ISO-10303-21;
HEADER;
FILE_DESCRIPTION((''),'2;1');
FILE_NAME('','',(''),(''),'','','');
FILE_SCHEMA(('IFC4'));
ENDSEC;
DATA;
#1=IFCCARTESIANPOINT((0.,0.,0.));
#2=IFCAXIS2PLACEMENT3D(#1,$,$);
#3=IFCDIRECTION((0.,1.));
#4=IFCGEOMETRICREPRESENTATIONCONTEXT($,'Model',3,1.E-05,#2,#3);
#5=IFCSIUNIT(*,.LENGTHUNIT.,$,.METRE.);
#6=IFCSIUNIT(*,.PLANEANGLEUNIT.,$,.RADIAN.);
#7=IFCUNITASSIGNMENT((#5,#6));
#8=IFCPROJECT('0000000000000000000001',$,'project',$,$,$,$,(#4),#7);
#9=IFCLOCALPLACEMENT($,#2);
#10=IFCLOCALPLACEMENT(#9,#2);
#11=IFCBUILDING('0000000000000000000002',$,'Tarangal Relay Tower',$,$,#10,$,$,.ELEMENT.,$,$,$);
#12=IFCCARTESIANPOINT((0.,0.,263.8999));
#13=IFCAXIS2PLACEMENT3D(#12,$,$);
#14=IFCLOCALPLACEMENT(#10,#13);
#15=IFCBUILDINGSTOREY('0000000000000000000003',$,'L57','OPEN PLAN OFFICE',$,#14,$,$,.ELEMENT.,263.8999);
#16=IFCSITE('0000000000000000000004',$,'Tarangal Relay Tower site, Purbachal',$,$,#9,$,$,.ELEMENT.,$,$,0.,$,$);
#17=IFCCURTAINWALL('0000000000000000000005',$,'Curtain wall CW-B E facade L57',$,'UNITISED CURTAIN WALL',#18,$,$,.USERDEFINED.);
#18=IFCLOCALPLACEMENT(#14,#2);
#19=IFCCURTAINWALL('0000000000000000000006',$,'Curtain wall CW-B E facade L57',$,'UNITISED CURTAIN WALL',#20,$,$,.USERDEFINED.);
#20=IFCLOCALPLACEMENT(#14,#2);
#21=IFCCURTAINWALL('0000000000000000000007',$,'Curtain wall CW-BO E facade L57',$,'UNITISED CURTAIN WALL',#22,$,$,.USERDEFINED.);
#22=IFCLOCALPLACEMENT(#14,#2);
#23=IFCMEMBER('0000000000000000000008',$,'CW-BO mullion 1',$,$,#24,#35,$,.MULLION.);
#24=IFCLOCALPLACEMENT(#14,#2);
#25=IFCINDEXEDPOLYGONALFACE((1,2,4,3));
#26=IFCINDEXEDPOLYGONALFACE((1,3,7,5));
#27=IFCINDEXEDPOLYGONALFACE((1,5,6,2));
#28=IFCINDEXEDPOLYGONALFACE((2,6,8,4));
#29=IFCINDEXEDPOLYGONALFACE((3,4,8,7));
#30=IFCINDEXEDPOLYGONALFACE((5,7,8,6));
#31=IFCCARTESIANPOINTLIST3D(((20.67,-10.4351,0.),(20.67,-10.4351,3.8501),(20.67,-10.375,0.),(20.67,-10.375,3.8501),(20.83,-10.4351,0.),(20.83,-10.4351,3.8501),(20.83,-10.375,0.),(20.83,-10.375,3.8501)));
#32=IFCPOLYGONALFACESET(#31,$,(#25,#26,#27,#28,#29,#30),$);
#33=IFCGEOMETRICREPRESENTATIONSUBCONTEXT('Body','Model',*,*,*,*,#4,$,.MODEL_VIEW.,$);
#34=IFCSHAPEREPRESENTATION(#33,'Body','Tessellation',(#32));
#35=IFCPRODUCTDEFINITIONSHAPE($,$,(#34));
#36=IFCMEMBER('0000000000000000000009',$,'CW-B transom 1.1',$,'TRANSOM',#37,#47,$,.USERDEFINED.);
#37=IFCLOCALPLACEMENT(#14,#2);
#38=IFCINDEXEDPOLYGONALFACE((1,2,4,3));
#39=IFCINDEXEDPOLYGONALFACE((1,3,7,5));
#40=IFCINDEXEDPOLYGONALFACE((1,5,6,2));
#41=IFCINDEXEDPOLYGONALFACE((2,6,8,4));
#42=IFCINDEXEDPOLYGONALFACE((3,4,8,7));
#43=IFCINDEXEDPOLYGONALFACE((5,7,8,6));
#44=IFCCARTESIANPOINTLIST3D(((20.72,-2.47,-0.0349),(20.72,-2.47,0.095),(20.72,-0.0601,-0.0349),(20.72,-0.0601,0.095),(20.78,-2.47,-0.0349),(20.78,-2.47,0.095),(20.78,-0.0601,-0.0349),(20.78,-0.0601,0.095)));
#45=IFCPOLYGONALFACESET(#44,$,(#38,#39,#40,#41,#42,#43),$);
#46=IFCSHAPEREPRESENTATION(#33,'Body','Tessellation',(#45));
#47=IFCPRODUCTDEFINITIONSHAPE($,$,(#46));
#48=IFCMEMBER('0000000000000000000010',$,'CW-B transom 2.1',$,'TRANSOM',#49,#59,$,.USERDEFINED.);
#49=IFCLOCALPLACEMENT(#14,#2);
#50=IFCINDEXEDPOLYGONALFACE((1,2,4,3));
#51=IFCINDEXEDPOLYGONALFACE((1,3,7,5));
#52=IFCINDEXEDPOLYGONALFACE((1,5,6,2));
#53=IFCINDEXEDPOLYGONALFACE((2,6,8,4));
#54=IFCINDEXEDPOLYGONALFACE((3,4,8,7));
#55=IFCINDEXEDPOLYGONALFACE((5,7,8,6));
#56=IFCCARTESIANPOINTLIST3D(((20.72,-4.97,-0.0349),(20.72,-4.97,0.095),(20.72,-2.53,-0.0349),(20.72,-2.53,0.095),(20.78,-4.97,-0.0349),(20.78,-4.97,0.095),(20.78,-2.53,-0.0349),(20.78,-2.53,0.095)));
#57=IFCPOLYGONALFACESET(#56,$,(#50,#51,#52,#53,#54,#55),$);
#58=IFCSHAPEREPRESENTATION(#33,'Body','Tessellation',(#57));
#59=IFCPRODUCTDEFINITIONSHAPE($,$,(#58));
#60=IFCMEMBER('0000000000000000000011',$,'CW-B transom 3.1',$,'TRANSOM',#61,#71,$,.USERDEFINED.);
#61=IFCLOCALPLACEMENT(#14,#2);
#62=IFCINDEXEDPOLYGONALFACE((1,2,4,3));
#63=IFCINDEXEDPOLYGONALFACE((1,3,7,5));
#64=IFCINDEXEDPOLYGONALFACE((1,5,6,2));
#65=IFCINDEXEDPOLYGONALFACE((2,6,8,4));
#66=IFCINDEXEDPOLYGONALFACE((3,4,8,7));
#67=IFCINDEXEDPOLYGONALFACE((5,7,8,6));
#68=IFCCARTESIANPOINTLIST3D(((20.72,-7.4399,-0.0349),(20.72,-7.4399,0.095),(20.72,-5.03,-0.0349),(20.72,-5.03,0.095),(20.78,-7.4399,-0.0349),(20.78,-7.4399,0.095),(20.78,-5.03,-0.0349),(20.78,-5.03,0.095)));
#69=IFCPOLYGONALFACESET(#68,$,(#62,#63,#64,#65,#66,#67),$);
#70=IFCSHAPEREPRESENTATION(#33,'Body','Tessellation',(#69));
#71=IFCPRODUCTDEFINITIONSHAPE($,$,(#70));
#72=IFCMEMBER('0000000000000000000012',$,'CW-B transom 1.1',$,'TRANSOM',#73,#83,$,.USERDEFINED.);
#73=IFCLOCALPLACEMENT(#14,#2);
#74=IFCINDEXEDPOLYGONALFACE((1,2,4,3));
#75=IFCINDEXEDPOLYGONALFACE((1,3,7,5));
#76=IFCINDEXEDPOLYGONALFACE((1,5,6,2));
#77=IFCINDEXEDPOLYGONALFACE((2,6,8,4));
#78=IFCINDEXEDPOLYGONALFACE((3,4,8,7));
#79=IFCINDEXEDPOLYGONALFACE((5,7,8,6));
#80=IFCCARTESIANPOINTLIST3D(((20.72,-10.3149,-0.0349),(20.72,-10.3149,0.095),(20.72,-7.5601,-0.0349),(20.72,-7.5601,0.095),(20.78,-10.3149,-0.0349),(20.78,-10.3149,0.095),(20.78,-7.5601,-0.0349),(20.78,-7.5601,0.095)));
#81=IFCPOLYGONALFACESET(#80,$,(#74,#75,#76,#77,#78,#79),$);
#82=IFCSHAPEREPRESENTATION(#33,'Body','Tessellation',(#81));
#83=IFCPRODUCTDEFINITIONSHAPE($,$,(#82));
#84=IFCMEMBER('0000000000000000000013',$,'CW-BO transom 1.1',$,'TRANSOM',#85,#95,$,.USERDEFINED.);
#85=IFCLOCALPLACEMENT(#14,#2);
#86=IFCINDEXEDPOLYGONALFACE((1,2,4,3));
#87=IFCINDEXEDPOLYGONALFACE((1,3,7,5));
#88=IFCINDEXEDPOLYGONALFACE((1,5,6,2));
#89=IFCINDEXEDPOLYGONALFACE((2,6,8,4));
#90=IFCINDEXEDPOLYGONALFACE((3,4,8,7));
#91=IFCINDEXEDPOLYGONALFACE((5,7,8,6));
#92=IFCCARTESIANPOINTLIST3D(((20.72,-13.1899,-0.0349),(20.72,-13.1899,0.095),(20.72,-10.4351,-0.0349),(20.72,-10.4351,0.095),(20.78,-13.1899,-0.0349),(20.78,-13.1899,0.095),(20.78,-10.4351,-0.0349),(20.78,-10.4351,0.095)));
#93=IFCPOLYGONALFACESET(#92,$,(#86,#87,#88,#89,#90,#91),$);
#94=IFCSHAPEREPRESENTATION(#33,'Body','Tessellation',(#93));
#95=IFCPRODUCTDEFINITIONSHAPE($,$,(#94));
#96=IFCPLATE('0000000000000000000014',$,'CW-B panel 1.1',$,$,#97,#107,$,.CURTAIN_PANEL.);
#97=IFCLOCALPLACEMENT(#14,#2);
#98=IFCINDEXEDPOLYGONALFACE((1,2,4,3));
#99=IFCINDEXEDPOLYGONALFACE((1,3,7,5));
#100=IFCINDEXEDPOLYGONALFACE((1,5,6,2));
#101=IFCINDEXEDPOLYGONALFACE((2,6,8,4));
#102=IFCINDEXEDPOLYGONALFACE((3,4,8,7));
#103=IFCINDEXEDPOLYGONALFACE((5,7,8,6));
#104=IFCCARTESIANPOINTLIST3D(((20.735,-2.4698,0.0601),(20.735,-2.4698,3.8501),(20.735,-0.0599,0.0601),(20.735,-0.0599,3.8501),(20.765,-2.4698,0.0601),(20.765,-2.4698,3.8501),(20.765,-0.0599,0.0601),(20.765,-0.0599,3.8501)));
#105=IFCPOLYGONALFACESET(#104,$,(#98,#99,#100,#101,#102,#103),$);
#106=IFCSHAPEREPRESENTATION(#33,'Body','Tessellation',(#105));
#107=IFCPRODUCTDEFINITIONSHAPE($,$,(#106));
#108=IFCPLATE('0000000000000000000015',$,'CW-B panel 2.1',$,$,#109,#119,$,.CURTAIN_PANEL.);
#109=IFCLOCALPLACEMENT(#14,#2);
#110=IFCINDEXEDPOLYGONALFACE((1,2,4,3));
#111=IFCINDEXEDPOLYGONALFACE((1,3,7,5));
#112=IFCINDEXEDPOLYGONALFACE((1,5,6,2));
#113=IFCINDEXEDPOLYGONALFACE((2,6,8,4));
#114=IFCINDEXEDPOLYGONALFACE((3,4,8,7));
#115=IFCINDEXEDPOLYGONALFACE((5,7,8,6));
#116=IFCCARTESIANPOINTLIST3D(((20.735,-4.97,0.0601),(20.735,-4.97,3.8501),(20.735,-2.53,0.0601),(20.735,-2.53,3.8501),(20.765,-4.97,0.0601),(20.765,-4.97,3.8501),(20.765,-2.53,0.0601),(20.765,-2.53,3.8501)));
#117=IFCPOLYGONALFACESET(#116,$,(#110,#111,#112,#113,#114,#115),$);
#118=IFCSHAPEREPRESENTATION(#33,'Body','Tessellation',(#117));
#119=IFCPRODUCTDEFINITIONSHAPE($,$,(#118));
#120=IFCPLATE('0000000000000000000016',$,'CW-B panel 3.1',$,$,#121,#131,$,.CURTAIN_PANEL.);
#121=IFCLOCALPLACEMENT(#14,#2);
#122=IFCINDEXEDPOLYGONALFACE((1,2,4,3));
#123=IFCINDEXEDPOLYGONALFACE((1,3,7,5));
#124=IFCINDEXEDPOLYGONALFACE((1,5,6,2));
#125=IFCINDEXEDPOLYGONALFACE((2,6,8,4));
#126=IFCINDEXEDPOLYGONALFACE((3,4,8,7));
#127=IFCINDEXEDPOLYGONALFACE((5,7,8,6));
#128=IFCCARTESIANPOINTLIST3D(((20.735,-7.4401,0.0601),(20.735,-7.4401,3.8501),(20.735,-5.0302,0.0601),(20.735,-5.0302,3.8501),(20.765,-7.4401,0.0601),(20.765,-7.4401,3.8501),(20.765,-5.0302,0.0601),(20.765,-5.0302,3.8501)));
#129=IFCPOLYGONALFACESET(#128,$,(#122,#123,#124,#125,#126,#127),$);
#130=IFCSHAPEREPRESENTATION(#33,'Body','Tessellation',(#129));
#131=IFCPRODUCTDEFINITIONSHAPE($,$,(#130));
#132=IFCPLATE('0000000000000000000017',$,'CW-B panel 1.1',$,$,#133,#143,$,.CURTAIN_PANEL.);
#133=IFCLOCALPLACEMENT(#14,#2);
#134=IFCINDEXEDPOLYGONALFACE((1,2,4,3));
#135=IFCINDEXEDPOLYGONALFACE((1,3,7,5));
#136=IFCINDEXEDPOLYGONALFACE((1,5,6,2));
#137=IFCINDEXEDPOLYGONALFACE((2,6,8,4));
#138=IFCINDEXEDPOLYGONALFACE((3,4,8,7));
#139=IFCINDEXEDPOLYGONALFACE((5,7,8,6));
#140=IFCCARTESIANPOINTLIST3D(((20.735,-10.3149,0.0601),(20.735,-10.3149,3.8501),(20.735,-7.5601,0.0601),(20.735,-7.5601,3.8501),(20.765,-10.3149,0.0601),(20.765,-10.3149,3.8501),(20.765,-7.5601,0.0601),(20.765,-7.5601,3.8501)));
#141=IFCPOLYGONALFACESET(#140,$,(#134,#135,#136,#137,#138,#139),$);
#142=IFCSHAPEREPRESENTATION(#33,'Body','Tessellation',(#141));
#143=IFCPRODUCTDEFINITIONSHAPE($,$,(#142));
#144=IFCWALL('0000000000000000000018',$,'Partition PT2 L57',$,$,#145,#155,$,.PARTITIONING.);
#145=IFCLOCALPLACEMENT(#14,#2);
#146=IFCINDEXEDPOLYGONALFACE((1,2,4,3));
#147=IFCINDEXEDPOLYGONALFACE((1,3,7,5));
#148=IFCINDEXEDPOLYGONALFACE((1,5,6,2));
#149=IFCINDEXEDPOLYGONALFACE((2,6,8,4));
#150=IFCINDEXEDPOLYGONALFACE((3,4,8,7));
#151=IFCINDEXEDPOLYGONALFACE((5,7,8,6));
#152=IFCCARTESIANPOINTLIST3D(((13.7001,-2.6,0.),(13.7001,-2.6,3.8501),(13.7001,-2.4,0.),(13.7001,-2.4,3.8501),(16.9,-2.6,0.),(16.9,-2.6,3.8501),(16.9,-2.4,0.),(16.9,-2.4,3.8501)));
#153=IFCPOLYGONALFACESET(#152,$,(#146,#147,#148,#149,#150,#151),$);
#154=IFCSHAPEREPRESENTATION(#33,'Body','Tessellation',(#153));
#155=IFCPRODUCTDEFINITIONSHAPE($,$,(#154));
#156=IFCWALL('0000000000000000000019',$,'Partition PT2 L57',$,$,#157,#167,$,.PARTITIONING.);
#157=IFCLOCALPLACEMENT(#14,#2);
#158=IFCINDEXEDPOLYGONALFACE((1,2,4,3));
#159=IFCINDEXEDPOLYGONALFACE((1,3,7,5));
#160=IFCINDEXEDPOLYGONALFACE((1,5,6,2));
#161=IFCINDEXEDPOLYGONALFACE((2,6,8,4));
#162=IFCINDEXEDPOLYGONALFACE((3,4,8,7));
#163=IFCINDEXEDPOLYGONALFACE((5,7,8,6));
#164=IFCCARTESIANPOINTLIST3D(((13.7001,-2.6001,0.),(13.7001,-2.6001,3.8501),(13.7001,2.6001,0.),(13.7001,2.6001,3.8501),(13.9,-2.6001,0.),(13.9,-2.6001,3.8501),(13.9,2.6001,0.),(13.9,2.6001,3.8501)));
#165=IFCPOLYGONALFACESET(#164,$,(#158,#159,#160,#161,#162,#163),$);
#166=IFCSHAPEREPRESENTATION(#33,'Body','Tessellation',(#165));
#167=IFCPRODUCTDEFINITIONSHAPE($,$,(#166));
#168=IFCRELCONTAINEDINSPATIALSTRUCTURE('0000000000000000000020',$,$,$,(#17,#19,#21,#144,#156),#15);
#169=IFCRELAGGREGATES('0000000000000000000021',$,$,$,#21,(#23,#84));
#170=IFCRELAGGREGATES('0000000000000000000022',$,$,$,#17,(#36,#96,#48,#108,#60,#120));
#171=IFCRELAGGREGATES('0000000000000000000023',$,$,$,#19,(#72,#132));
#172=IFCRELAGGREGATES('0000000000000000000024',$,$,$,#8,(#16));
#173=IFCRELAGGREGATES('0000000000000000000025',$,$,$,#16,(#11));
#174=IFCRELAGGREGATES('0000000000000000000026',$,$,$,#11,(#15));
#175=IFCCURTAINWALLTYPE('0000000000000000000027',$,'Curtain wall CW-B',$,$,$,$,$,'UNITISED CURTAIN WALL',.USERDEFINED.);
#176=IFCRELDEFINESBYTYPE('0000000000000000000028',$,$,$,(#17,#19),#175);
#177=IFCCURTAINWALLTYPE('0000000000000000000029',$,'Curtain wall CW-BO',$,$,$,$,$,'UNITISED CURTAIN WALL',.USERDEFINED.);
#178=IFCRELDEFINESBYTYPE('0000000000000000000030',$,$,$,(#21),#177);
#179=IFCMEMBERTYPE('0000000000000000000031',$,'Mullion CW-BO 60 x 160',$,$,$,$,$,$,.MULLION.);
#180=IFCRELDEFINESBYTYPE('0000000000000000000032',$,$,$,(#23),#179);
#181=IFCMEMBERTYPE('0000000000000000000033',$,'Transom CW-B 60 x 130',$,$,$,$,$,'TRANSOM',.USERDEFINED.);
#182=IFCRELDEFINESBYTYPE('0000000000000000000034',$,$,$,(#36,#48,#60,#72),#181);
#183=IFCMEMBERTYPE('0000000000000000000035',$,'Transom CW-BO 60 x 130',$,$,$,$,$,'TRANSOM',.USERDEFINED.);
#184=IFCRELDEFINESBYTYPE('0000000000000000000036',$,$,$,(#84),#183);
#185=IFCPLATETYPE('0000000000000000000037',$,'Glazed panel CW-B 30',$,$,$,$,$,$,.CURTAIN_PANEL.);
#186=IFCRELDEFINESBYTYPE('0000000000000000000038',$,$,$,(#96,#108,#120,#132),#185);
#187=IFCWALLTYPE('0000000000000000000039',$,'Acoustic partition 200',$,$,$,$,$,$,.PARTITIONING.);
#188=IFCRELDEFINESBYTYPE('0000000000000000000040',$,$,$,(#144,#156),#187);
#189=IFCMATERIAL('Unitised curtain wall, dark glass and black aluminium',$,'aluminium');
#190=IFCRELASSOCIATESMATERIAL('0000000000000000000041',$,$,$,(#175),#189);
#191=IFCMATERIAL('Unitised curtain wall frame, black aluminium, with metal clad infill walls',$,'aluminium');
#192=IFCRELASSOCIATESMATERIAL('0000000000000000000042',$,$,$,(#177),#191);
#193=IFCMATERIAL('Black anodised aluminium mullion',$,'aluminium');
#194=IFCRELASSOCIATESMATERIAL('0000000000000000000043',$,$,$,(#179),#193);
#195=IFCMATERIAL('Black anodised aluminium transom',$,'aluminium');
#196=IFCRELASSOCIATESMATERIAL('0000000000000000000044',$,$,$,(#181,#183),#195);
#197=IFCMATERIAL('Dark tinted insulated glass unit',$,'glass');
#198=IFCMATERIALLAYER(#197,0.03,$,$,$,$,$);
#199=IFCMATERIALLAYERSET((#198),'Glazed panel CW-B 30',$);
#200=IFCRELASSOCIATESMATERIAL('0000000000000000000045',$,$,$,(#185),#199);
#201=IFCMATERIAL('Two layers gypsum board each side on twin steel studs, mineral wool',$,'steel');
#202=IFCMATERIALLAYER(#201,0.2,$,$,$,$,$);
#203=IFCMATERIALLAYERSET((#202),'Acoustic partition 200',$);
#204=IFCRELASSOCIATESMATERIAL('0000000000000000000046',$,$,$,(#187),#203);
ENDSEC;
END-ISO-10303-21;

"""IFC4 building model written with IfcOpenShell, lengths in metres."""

from ifc_helpers import new_model, si_unit, direction, frame, frame_2d, origin, origin_2d, place, context, subcontext, project, spatial, rectangle, extrude, material, layer, layer_set, material_profile, profile_set, type_object, element, aggregate, save


model = new_model("IFC4")

# Units and contexts
model_context = context("Model", 3, precision=1e-05, world=origin(), true_north=direction((0.0, 1.0)))
body_context = subcontext(model_context, "Body", "Model", "MODEL_VIEW")
ifc_project = project(units=[si_unit("LENGTHUNIT", "METRE"), si_unit("PLANEANGLEUNIT", "RADIAN")], contexts=[model_context])

# Site, building, storey
site_placement = place(None, origin())
site = spatial("IfcSite", under=ifc_project, at=site_placement, Name="Tarangal Relay Tower site, Purbachal", CompositionType="ELEMENT", RefElevation=0.0)
building_placement = place(site_placement, origin())
building = spatial("IfcBuilding", under=site, at=building_placement, Name="Tarangal Relay Tower", CompositionType="ELEMENT")
storey_placement = place(building_placement, frame((0.0, 0.0, 263.8999)))
storey = spatial("IfcBuildingStorey", under=building, at=storey_placement, Name="L57", Description="OPEN PLAN OFFICE", CompositionType="ELEMENT", Elevation=263.8999)

# Curtain walls
ifc_material_1 = material(Name="Unitised curtain wall, dark glass and black aluminium", Category="aluminium")
curtain_wall_type_1 = type_object("IfcCurtainWallType", Name="Curtain wall CW-B", ElementType="UNITISED CURTAIN WALL", PredefinedType="USERDEFINED", material=ifc_material_1)
curtain_wall_1_placement = place(storey_placement, origin())
curtain_wall_1 = element("IfcCurtainWall", 1, at=curtain_wall_1_placement, inside=storey, type_object=curtain_wall_type_1, Name="Curtain wall CW-B E facade L57", ObjectType="UNITISED CURTAIN WALL", PredefinedType="USERDEFINED")
ifc_material_2 = material(Name="Black anodised aluminium mullion", Category="aluminium")
curtain_wall_2_placement = place(storey_placement, origin())
curtain_wall_2 = element("IfcCurtainWall", 2, at=curtain_wall_2_placement, inside=storey, type_object=curtain_wall_type_1, Name="Curtain wall CW-B E facade L57", ObjectType="UNITISED CURTAIN WALL", PredefinedType="USERDEFINED")

# Curtain wall, member
ifc_material_3 = material(Name="Unitised curtain wall frame, black aluminium, with metal clad infill walls", Category="aluminium")
curtain_wall_type_2 = type_object("IfcCurtainWallType", Name="Curtain wall CW-BO", ElementType="UNITISED CURTAIN WALL", PredefinedType="USERDEFINED", material=ifc_material_3)
curtain_wall_3_placement = place(storey_placement, origin())
curtain_wall_3 = element("IfcCurtainWall", 3, at=curtain_wall_3_placement, inside=storey, type_object=curtain_wall_type_2, Name="Curtain wall CW-BO E facade L57", ObjectType="UNITISED CURTAIN WALL", PredefinedType="USERDEFINED")
ifc_material_profile_1 = material_profile(ifc_material_2, rectangle(XDim=0.1599, YDim=0.0601, at=origin_2d()), Name="CW-BOM 60X160")
ifc_profile_set_1 = profile_set([ifc_material_profile_1], Name="Black anodised aluminium mullion")
member_type_1 = type_object("IfcMemberType", Name="Mullion CW-BO 60 x 160", PredefinedType="MULLION", material=ifc_profile_set_1)
member_1_placement = place(storey_placement, frame((20.75, -10.405, 0.0), z_axis=(0.0, 0.0, 1.0), x_axis=(1.0, 0.0, 0.0)))
member_1 = element("IfcMember", 4, at=member_1_placement, type_object=member_type_1, Name="CW-BO mullion 1", PredefinedType="MULLION", context=body_context, shape_type="SweptSolid", body=[
    extrude(rectangle(XDim=0.1599, YDim=0.0601, at=origin_2d()), origin(), (0.0, 0.0, 1.0), 3.8501),
])

# Members
ifc_material_4 = material(Name="Black anodised aluminium transom", Category="aluminium")
ifc_material_profile_2 = material_profile(ifc_material_4, rectangle(XDim=0.0601, YDim=0.1299, at=origin_2d()), Name="CW-BT 60X130")
ifc_profile_set_2 = profile_set([ifc_material_profile_2], Name="Black anodised aluminium transom")
member_type_2 = type_object("IfcMemberType", Name="Transom CW-B 60 x 130", ElementType="TRANSOM", PredefinedType="USERDEFINED", material=ifc_profile_set_2)
member_2_placement = place(storey_placement, frame((20.75, -0.0601, 0.03), z_axis=(0.0, -1.0, 0.0), x_axis=(1.0, 0.0, 0.0)))
member_2 = element("IfcMember", 5, at=member_2_placement, type_object=member_type_2, Name="CW-B transom 1.1", ObjectType="TRANSOM", PredefinedType="USERDEFINED", context=body_context, shape_type="SweptSolid", body=[
    extrude(rectangle(XDim=0.0601, YDim=0.1299, at=origin_2d()), origin(), (0.0, 0.0, 1.0), 2.4099),
])
member_3_placement = place(storey_placement, frame((20.75, -2.53, 0.03), z_axis=(0.0, -1.0, 0.0), x_axis=(1.0, 0.0, 0.0)))
member_3 = element("IfcMember", 6, at=member_3_placement, type_object=member_type_2, Name="CW-B transom 2.1", ObjectType="TRANSOM", PredefinedType="USERDEFINED", context=body_context, shape_type="SweptSolid", body=[
    extrude(rectangle(XDim=0.0601, YDim=0.1299, at=origin_2d()), origin(), (0.0, 0.0, 1.0), 2.4399),
])
member_4_placement = place(storey_placement, frame((20.75, -5.03, 0.03), z_axis=(0.0, -1.0, 0.0), x_axis=(1.0, 0.0, 0.0)))
member_4 = element("IfcMember", 7, at=member_4_placement, type_object=member_type_2, Name="CW-B transom 3.1", ObjectType="TRANSOM", PredefinedType="USERDEFINED", context=body_context, shape_type="SweptSolid", body=[
    extrude(rectangle(XDim=0.0601, YDim=0.1299, at=origin_2d()), origin(), (0.0, 0.0, 1.0), 2.4099),
])
member_5_placement = place(storey_placement, frame((20.75, -7.5601, 0.03), z_axis=(0.0, -1.0, 0.0), x_axis=(1.0, 0.0, 0.0)))
member_5 = element("IfcMember", 8, at=member_5_placement, type_object=member_type_2, Name="CW-B transom 1.1", ObjectType="TRANSOM", PredefinedType="USERDEFINED", context=body_context, shape_type="SweptSolid", body=[
    extrude(rectangle(XDim=0.0601, YDim=0.1299, at=origin_2d()), origin(), (0.0, 0.0, 1.0), 2.7549),
])
ifc_material_profile_3 = material_profile(ifc_material_4, rectangle(XDim=0.0601, YDim=0.1299, at=origin_2d()), Name="CW-BOT 60X130")
ifc_profile_set_3 = profile_set([ifc_material_profile_3], Name="Black anodised aluminium transom")
member_type_3 = type_object("IfcMemberType", Name="Transom CW-BO 60 x 130", ElementType="TRANSOM", PredefinedType="USERDEFINED", material=ifc_profile_set_3)
member_6_placement = place(storey_placement, frame((20.75, -10.4351, 0.03), z_axis=(0.0, -1.0, 0.0), x_axis=(1.0, 0.0, 0.0)))
member_6 = element("IfcMember", 9, at=member_6_placement, type_object=member_type_3, Name="CW-BO transom 1.1", ObjectType="TRANSOM", PredefinedType="USERDEFINED", context=body_context, shape_type="SweptSolid", body=[
    extrude(rectangle(XDim=0.0601, YDim=0.1299, at=origin_2d()), origin(), (0.0, 0.0, 1.0), 2.7549),
])
aggregate(curtain_wall_3, [member_1, member_6])

# Plates
ifc_material_5 = material(Name="Dark tinted insulated glass unit", Category="glass")
ifc_layer_1 = layer(ifc_material_5, 0.03)
ifc_layer_set_1 = layer_set([ifc_layer_1], Name="Glazed panel CW-B 30")
plate_type = type_object("IfcPlateType", Name="Glazed panel CW-B 30", PredefinedType="CURTAIN_PANEL", material=ifc_layer_set_1)
plate_1_placement = place(storey_placement, frame((20.75, -1.2649, 0.0601), z_axis=(0.0, 0.0, 1.0), x_axis=(0.0, -1.0, 0.0)))
plate_1 = element("IfcPlate", 10, at=plate_1_placement, type_object=plate_type, Name="CW-B panel 1.1", PredefinedType="CURTAIN_PANEL", context=body_context, shape_type="SweptSolid", body=[
    extrude(rectangle(XDim=2.4099, YDim=0.03, at=origin_2d()), origin(), (0.0, 0.0, 1.0), 3.79),
])
plate_2_placement = place(storey_placement, frame((20.75, -3.75, 0.0601), z_axis=(0.0, 0.0, 1.0), x_axis=(0.0, -1.0, 0.0)))
plate_2 = element("IfcPlate", 11, at=plate_2_placement, type_object=plate_type, Name="CW-B panel 2.1", PredefinedType="CURTAIN_PANEL", context=body_context, shape_type="SweptSolid", body=[
    extrude(rectangle(XDim=2.4399, YDim=0.03, at=origin_2d()), origin(), (0.0, 0.0, 1.0), 3.79),
])
plate_3_placement = place(storey_placement, frame((20.75, -6.2351, 0.0601), z_axis=(0.0, 0.0, 1.0), x_axis=(0.0, -1.0, 0.0)))
plate_3 = element("IfcPlate", 12, at=plate_3_placement, type_object=plate_type, Name="CW-B panel 3.1", PredefinedType="CURTAIN_PANEL", context=body_context, shape_type="SweptSolid", body=[
    extrude(rectangle(XDim=2.4099, YDim=0.03, at=origin_2d()), origin(), (0.0, 0.0, 1.0), 3.79),
])
aggregate(curtain_wall_1, [member_2, plate_1, member_3, plate_2, member_4, plate_3])
plate_4_placement = place(storey_placement, frame((20.75, -8.9375, 0.0601), z_axis=(0.0, 0.0, 1.0), x_axis=(0.0, -1.0, 0.0)))
plate_4 = element("IfcPlate", 13, at=plate_4_placement, type_object=plate_type, Name="CW-B panel 1.1", PredefinedType="CURTAIN_PANEL", context=body_context, shape_type="SweptSolid", body=[
    extrude(rectangle(XDim=2.7549, YDim=0.03, at=origin_2d()), origin(), (0.0, 0.0, 1.0), 3.79),
])
aggregate(curtain_wall_2, [member_5, plate_4])

# Walls
ifc_material_6 = material(Name="Two layers gypsum board each side on twin steel studs, mineral wool", Category="steel")
ifc_layer_2 = layer(ifc_material_6, 0.2)
ifc_layer_set_2 = layer_set([ifc_layer_2], Name="Acoustic partition 200")
wall_type_1 = type_object("IfcWallType", Name="Acoustic partition 200", PredefinedType="PARTITIONING", material=ifc_layer_set_2)
wall_1_placement = place(storey_placement, frame((13.7, -2.5, 0.0), z_axis=(0.0, 0.0, 1.0), x_axis=(1.0, 0.0, 0.0)))
element("IfcWall", 14, at=wall_1_placement, inside=storey, type_object=wall_type_1, Name="Partition PT2 L57", PredefinedType="PARTITIONING", context=body_context, shape_type="SweptSolid", body=[
    extrude(rectangle(XDim=3.2, YDim=0.2, at=frame_2d((1.6001, 0.0))), origin(), (0.0, 0.0, 1.0), 3.8501),
])
wall_2_placement = place(storey_placement, frame((13.8, -2.6001, 0.0), z_axis=(0.0, 0.0, 1.0), x_axis=(0.0, 1.0, 0.0)))
element("IfcWall", 15, at=wall_2_placement, inside=storey, type_object=wall_type_1, Name="Partition PT2 L57", PredefinedType="PARTITIONING", context=body_context, shape_type="SweptSolid", body=[
    extrude(rectangle(XDim=5.2002, YDim=0.2, at=frame_2d((2.6001, 0.0))), origin(), (0.0, 0.0, 1.0), 3.8501),
])

save(model, "model.ifc")
